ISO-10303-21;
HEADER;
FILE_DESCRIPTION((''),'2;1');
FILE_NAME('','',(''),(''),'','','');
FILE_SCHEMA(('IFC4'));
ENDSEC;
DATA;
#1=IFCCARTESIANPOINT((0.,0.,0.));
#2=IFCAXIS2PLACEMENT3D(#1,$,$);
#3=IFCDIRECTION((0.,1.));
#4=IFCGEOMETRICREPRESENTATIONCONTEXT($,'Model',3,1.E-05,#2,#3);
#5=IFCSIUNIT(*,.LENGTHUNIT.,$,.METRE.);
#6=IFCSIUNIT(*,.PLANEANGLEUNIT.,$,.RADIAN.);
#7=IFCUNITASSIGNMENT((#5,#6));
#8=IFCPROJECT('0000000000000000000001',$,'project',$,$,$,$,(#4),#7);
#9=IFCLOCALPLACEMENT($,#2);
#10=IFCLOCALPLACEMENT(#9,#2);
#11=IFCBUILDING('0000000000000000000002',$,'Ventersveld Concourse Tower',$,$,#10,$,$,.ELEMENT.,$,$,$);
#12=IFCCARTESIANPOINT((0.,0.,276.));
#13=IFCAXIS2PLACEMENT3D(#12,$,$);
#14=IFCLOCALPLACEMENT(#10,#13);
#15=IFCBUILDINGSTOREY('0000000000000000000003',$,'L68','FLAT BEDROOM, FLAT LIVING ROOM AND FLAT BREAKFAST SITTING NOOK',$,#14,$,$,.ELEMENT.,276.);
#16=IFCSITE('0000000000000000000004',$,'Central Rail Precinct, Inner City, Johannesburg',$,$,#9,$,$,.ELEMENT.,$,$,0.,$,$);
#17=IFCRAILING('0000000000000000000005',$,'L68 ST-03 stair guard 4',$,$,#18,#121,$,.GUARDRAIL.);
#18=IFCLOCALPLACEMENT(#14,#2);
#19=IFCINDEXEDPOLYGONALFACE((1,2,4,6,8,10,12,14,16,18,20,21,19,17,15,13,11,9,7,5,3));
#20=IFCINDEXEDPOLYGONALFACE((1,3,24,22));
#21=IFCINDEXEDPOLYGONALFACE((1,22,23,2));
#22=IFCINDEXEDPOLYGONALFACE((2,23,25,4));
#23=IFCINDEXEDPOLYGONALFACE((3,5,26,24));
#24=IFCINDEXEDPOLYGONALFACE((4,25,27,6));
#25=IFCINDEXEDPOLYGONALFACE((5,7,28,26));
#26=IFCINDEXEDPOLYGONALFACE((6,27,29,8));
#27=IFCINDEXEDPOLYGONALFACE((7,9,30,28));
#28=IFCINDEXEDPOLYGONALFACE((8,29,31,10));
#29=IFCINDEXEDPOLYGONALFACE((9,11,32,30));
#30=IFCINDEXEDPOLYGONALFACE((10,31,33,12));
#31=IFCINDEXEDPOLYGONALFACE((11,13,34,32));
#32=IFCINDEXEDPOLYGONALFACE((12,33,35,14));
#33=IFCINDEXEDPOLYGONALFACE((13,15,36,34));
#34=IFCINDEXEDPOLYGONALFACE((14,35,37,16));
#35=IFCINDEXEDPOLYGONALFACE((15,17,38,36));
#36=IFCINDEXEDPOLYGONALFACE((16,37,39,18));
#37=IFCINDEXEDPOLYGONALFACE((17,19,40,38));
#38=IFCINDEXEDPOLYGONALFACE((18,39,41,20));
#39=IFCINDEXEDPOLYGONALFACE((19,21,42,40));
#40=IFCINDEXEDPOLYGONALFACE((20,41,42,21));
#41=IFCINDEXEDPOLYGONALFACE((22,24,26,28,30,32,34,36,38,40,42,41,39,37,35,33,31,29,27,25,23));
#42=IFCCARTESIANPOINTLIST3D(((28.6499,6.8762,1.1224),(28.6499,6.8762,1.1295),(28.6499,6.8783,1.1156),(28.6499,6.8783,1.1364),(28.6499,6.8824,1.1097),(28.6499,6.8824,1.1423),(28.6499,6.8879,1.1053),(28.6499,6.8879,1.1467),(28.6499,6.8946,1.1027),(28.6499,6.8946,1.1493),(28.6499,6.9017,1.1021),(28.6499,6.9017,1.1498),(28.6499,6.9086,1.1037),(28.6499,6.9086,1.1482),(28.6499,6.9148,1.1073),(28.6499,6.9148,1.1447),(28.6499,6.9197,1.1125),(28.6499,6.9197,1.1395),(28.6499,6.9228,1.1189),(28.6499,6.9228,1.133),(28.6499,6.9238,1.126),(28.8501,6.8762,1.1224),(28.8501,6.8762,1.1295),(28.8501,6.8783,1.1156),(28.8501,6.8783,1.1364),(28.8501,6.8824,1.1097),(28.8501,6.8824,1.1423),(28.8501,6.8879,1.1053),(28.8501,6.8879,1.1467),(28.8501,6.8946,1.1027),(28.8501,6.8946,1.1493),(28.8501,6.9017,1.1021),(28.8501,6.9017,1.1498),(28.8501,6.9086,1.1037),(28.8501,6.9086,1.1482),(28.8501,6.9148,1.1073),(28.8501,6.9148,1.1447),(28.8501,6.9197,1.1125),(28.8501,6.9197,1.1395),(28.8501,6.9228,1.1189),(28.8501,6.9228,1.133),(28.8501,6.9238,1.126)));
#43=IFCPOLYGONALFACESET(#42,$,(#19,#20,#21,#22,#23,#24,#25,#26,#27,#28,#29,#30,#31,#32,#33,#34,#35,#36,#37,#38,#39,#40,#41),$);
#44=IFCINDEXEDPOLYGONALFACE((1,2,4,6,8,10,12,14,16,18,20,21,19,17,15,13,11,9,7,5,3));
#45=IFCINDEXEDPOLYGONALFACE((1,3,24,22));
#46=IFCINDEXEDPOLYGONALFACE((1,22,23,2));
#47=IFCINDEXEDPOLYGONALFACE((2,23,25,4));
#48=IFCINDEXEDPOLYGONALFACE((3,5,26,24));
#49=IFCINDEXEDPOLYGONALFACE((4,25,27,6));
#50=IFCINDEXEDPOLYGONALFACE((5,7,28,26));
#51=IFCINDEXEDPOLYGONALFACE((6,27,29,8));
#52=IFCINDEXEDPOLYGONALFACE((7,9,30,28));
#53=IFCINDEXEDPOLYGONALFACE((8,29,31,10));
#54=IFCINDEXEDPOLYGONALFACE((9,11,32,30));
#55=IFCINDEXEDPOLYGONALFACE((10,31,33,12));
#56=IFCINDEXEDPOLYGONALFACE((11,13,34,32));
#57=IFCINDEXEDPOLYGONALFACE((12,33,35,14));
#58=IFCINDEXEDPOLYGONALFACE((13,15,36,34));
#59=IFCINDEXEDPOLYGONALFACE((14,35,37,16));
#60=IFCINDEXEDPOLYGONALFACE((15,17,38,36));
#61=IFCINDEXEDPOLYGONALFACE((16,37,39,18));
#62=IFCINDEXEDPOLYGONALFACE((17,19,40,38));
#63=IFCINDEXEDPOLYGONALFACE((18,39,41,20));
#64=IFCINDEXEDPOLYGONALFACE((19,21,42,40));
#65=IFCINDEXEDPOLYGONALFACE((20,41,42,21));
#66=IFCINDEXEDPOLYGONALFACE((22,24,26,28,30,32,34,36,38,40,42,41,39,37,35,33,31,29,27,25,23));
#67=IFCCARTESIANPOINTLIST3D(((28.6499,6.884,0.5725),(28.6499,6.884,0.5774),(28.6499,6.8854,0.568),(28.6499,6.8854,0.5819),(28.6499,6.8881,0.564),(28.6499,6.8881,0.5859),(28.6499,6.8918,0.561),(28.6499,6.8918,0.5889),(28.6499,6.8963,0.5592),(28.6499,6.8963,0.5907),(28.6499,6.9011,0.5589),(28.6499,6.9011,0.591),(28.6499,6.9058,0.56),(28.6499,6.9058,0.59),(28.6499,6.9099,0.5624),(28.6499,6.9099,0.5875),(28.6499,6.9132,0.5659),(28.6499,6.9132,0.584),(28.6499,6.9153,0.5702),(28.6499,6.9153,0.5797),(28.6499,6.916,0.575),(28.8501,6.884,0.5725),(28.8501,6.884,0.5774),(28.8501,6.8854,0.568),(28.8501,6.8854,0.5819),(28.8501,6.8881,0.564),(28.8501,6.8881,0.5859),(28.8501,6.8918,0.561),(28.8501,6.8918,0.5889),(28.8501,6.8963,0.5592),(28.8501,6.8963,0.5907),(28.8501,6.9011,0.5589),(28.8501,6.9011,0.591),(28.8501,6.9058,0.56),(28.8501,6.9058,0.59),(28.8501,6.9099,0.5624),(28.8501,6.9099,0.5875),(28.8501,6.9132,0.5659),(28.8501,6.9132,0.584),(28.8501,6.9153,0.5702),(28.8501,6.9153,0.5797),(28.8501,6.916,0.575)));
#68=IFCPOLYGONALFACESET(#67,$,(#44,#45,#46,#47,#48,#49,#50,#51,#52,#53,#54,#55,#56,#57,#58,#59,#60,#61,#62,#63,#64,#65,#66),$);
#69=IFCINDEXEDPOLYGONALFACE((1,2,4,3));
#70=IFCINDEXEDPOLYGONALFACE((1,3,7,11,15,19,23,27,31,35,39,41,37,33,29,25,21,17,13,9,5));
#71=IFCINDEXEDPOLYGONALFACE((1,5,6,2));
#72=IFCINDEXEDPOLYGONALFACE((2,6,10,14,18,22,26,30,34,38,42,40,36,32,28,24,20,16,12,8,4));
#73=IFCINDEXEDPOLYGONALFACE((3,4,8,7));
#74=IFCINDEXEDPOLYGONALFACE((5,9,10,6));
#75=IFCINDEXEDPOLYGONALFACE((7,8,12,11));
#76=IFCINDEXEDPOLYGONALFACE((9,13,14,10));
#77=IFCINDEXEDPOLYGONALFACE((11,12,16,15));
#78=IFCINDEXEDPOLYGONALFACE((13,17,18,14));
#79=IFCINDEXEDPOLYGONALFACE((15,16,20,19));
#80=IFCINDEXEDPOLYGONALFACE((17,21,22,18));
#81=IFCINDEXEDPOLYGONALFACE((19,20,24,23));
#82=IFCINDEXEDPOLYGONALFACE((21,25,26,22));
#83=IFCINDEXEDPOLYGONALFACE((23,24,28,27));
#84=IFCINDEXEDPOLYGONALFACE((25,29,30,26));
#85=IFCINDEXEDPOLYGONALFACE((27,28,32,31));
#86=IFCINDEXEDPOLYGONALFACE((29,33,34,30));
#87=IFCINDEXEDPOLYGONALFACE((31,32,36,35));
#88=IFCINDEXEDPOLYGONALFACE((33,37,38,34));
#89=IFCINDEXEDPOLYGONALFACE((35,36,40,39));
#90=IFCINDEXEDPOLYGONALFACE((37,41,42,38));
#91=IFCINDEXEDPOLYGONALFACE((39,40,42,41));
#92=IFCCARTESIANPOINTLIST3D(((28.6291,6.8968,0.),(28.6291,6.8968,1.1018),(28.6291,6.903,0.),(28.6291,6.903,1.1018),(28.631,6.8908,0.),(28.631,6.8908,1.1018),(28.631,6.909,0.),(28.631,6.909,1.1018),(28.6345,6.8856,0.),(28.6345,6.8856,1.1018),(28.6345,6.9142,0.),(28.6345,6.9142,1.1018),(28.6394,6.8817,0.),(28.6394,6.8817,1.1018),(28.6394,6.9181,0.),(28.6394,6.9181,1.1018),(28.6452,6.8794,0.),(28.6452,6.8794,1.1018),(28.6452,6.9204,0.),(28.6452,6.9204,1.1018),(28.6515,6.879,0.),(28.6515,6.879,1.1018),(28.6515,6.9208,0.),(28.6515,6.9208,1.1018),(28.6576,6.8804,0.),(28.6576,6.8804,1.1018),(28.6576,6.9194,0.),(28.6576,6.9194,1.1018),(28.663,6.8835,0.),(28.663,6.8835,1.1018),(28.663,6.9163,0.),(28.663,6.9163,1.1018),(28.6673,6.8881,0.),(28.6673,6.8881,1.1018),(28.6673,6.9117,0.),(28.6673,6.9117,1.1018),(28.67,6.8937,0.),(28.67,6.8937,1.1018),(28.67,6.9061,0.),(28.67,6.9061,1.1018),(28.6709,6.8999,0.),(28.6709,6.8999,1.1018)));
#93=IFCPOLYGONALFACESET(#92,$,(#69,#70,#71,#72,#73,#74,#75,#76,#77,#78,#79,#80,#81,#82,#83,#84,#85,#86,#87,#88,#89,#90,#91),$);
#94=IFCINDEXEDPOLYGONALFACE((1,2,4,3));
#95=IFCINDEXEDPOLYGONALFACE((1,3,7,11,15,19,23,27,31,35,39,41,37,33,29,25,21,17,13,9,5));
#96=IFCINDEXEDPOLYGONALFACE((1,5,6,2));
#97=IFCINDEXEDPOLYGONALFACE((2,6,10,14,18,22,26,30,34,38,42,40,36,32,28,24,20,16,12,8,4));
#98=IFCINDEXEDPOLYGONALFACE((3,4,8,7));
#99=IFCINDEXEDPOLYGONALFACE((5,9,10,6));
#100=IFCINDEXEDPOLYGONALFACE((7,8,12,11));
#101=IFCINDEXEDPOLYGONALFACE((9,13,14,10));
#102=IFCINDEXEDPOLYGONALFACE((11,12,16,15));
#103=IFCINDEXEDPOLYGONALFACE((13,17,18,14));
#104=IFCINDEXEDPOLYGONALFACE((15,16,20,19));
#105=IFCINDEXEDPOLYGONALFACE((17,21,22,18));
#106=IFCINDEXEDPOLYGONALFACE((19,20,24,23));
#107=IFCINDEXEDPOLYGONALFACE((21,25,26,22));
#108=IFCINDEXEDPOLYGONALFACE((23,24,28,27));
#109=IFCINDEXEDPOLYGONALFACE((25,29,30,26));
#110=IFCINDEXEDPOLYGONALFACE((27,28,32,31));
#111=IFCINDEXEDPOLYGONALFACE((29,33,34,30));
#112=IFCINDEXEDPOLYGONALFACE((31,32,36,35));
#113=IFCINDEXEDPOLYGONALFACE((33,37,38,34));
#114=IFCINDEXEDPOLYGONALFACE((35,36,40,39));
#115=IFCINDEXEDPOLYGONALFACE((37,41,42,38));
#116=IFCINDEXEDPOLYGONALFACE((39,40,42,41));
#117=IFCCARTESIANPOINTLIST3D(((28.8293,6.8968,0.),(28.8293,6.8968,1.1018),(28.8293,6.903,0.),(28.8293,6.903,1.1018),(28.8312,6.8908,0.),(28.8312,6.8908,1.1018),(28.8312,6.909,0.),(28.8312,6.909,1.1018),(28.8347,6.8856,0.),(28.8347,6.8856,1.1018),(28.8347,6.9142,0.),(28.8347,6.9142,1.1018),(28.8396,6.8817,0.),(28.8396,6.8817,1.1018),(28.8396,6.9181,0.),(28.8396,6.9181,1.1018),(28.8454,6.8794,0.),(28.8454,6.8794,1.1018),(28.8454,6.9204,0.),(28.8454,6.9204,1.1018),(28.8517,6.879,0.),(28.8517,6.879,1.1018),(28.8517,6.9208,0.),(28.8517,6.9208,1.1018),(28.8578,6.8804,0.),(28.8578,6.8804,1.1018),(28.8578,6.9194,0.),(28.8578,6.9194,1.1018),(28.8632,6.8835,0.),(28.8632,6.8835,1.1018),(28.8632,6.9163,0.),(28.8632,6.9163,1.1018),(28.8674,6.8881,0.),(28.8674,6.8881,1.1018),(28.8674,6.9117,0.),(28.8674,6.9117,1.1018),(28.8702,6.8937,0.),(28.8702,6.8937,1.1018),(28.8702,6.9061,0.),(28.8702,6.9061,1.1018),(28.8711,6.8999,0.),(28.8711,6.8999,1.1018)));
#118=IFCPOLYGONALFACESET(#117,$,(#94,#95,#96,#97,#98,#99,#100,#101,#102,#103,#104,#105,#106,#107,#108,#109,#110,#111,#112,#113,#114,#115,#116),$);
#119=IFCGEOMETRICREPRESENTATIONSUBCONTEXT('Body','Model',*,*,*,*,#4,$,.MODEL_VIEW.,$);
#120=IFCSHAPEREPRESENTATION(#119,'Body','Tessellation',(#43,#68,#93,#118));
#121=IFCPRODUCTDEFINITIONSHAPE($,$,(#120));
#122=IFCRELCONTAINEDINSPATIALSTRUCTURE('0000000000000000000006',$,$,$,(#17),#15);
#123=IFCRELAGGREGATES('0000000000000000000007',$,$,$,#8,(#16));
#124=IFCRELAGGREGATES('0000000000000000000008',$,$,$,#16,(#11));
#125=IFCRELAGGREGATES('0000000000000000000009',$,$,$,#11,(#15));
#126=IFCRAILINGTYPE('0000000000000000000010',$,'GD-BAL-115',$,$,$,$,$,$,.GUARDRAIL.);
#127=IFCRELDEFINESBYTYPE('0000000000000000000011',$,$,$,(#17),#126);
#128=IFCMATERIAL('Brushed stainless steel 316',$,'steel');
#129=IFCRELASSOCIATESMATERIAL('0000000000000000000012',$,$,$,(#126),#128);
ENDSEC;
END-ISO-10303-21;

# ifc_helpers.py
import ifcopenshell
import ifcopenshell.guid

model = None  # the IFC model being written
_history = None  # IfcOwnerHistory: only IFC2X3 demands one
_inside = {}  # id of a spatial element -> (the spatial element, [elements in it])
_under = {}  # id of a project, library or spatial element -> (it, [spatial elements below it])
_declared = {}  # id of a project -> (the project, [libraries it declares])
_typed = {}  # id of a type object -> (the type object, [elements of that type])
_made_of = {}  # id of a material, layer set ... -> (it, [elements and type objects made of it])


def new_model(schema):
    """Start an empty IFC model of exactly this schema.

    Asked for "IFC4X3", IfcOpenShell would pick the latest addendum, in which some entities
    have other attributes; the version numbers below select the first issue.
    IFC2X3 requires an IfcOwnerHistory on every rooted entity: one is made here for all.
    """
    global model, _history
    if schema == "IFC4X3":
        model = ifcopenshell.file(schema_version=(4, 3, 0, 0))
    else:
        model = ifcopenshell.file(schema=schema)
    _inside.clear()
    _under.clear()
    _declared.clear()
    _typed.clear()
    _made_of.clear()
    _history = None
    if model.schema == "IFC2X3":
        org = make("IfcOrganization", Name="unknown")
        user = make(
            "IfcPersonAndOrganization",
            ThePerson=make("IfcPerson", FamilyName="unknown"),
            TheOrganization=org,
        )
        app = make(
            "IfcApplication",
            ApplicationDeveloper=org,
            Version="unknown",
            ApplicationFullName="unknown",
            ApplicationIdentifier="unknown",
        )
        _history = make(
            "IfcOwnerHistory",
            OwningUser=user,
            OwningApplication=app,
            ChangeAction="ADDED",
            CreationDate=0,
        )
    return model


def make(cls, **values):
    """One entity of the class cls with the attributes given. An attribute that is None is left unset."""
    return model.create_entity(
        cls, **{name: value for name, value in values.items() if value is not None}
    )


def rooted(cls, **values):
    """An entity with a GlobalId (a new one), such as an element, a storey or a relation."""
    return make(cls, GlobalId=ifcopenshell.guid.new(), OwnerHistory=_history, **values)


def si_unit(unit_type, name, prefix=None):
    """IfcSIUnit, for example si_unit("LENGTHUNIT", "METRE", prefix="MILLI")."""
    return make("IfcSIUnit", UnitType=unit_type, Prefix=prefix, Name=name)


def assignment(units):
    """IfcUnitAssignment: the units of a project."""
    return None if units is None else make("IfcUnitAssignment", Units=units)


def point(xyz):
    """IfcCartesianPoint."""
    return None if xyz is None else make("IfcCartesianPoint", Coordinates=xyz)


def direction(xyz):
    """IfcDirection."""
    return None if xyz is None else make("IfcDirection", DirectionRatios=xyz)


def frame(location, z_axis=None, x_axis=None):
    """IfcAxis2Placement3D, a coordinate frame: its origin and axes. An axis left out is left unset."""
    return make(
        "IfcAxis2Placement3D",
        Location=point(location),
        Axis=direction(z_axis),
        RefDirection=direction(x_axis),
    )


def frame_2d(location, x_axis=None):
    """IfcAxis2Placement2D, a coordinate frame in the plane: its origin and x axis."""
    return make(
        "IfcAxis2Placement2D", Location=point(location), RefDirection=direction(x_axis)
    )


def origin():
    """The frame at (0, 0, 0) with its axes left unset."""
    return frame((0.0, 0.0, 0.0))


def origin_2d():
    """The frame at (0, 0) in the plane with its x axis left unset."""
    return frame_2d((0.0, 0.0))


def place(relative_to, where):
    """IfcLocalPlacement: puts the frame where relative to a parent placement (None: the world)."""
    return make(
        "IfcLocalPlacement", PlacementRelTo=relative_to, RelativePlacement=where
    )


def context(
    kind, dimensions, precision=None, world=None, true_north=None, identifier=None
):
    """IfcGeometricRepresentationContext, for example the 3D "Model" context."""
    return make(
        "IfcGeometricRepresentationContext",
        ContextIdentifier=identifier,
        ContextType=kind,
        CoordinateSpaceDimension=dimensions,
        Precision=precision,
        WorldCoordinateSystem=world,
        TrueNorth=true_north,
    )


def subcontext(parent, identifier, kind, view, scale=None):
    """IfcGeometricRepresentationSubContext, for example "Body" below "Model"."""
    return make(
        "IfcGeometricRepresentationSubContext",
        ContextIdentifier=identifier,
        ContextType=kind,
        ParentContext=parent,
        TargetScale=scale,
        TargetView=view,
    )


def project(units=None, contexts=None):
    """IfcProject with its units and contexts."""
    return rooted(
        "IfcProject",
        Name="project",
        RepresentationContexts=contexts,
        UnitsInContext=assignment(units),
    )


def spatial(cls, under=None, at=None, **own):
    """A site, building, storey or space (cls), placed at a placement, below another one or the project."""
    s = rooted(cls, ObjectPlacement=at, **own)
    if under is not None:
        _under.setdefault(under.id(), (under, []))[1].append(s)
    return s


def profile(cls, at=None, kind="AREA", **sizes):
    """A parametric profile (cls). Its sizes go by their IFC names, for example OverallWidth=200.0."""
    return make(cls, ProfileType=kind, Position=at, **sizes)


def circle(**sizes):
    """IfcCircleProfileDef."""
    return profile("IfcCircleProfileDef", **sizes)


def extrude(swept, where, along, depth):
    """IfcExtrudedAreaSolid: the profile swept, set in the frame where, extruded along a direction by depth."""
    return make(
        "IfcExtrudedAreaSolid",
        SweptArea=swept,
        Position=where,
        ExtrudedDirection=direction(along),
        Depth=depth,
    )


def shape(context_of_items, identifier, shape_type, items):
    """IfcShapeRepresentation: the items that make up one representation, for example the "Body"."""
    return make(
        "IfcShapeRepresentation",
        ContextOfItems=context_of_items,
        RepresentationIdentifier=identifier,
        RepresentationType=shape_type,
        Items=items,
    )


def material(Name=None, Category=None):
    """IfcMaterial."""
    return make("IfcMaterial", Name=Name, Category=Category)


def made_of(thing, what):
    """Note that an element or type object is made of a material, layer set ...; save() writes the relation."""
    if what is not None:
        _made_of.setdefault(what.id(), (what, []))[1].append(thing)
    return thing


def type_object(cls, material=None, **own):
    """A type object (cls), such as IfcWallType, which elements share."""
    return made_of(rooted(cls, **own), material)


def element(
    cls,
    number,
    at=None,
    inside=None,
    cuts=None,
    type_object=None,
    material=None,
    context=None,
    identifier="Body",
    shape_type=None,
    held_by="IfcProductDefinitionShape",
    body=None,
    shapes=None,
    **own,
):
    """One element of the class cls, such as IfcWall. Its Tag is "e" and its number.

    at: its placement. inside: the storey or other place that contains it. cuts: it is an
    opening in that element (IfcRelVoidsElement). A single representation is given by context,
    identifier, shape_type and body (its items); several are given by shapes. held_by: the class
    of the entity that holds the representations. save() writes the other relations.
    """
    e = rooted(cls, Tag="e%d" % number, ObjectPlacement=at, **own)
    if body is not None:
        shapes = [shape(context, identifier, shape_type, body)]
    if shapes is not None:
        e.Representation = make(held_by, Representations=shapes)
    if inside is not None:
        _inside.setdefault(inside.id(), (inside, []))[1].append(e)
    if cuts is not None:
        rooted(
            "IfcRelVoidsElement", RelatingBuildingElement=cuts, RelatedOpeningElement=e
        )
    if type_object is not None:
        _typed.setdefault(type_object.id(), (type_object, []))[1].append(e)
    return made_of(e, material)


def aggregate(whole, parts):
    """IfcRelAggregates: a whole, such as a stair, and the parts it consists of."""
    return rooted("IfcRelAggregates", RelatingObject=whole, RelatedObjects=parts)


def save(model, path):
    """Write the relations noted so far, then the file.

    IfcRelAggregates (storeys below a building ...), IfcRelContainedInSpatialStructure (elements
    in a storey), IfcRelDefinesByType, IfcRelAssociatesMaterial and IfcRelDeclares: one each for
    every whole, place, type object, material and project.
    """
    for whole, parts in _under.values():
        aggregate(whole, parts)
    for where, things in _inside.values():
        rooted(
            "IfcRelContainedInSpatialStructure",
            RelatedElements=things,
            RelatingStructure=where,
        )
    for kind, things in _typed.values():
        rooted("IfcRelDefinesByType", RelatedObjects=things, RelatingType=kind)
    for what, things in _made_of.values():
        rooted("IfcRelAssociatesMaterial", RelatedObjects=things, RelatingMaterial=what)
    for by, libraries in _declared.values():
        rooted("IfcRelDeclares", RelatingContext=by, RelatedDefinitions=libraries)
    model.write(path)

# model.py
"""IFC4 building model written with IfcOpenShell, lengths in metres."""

from ifc_helpers import new_model, si_unit, direction, frame, origin, origin_2d, place, context, subcontext, project, spatial, circle, extrude, material, type_object, element, save


model = new_model("IFC4")

# Units and contexts
model_context = context("Model", 3, precision=1e-05, world=origin(), true_north=direction((0.0, 1.0)))
body_context = subcontext(model_context, "Body", "Model", "MODEL_VIEW")
ifc_project = project(units=[si_unit("LENGTHUNIT", "METRE"), si_unit("PLANEANGLEUNIT", "RADIAN")], contexts=[model_context])

# Site, building, storey
site_placement = place(None, origin())
site = spatial("IfcSite", under=ifc_project, at=site_placement, Name="Central Rail Precinct, Inner City, Johannesburg", CompositionType="ELEMENT", RefElevation=0.0)
building_placement = place(site_placement, origin())
building = spatial("IfcBuilding", under=site, at=building_placement, Name="Ventersveld Concourse Tower", CompositionType="ELEMENT")
storey_placement = place(building_placement, frame((0.0, 0.0, 276.0)))
storey = spatial("IfcBuildingStorey", under=building, at=storey_placement, Name="L68", Description="FLAT BEDROOM, FLAT LIVING ROOM AND FLAT BREAKFAST SITTING NOOK", CompositionType="ELEMENT", Elevation=276.0)

# Shared definitions
ifc_material_1 = material(Name="Brushed stainless steel 316", Category="steel")

# Railing
railing_type_1 = type_object("IfcRailingType", Name="GD-BAL-115", PredefinedType="GUARDRAIL", material=ifc_material_1)
railing_1_placement = place(storey_placement, frame((28.6499, 6.8999, 0.0)))
element("IfcRailing", 1, at=railing_1_placement, inside=storey, type_object=railing_type_1, Name="L68 ST-03 stair guard 4", PredefinedType="GUARDRAIL", context=body_context, shape_type="SweptSolid", body=[
    extrude(circle(Radius=0.0239, at=origin_2d()), frame((0.0, 0.0, 1.126), z_axis=(1.0, 0.0, 0.0), x_axis=(0.0, 1.0, 0.0)), (0.0, 0.0, 1.0), 0.2002),
    extrude(circle(Radius=0.0161, at=origin_2d()), frame((0.0, 0.0, 0.575), z_axis=(1.0, 0.0, 0.0), x_axis=(0.0, 1.0, 0.0)), (0.0, 0.0, 1.0), 0.2002),
    extrude(circle(Radius=0.021, at=origin_2d()), origin(), (0.0, 0.0, 1.0), 1.1018),
    extrude(circle(Radius=0.021, at=origin_2d()), frame((0.2002, 0.0, 0.0)), (0.0, 0.0, 1.0), 1.1018),
])

save(model, "model.ifc")
